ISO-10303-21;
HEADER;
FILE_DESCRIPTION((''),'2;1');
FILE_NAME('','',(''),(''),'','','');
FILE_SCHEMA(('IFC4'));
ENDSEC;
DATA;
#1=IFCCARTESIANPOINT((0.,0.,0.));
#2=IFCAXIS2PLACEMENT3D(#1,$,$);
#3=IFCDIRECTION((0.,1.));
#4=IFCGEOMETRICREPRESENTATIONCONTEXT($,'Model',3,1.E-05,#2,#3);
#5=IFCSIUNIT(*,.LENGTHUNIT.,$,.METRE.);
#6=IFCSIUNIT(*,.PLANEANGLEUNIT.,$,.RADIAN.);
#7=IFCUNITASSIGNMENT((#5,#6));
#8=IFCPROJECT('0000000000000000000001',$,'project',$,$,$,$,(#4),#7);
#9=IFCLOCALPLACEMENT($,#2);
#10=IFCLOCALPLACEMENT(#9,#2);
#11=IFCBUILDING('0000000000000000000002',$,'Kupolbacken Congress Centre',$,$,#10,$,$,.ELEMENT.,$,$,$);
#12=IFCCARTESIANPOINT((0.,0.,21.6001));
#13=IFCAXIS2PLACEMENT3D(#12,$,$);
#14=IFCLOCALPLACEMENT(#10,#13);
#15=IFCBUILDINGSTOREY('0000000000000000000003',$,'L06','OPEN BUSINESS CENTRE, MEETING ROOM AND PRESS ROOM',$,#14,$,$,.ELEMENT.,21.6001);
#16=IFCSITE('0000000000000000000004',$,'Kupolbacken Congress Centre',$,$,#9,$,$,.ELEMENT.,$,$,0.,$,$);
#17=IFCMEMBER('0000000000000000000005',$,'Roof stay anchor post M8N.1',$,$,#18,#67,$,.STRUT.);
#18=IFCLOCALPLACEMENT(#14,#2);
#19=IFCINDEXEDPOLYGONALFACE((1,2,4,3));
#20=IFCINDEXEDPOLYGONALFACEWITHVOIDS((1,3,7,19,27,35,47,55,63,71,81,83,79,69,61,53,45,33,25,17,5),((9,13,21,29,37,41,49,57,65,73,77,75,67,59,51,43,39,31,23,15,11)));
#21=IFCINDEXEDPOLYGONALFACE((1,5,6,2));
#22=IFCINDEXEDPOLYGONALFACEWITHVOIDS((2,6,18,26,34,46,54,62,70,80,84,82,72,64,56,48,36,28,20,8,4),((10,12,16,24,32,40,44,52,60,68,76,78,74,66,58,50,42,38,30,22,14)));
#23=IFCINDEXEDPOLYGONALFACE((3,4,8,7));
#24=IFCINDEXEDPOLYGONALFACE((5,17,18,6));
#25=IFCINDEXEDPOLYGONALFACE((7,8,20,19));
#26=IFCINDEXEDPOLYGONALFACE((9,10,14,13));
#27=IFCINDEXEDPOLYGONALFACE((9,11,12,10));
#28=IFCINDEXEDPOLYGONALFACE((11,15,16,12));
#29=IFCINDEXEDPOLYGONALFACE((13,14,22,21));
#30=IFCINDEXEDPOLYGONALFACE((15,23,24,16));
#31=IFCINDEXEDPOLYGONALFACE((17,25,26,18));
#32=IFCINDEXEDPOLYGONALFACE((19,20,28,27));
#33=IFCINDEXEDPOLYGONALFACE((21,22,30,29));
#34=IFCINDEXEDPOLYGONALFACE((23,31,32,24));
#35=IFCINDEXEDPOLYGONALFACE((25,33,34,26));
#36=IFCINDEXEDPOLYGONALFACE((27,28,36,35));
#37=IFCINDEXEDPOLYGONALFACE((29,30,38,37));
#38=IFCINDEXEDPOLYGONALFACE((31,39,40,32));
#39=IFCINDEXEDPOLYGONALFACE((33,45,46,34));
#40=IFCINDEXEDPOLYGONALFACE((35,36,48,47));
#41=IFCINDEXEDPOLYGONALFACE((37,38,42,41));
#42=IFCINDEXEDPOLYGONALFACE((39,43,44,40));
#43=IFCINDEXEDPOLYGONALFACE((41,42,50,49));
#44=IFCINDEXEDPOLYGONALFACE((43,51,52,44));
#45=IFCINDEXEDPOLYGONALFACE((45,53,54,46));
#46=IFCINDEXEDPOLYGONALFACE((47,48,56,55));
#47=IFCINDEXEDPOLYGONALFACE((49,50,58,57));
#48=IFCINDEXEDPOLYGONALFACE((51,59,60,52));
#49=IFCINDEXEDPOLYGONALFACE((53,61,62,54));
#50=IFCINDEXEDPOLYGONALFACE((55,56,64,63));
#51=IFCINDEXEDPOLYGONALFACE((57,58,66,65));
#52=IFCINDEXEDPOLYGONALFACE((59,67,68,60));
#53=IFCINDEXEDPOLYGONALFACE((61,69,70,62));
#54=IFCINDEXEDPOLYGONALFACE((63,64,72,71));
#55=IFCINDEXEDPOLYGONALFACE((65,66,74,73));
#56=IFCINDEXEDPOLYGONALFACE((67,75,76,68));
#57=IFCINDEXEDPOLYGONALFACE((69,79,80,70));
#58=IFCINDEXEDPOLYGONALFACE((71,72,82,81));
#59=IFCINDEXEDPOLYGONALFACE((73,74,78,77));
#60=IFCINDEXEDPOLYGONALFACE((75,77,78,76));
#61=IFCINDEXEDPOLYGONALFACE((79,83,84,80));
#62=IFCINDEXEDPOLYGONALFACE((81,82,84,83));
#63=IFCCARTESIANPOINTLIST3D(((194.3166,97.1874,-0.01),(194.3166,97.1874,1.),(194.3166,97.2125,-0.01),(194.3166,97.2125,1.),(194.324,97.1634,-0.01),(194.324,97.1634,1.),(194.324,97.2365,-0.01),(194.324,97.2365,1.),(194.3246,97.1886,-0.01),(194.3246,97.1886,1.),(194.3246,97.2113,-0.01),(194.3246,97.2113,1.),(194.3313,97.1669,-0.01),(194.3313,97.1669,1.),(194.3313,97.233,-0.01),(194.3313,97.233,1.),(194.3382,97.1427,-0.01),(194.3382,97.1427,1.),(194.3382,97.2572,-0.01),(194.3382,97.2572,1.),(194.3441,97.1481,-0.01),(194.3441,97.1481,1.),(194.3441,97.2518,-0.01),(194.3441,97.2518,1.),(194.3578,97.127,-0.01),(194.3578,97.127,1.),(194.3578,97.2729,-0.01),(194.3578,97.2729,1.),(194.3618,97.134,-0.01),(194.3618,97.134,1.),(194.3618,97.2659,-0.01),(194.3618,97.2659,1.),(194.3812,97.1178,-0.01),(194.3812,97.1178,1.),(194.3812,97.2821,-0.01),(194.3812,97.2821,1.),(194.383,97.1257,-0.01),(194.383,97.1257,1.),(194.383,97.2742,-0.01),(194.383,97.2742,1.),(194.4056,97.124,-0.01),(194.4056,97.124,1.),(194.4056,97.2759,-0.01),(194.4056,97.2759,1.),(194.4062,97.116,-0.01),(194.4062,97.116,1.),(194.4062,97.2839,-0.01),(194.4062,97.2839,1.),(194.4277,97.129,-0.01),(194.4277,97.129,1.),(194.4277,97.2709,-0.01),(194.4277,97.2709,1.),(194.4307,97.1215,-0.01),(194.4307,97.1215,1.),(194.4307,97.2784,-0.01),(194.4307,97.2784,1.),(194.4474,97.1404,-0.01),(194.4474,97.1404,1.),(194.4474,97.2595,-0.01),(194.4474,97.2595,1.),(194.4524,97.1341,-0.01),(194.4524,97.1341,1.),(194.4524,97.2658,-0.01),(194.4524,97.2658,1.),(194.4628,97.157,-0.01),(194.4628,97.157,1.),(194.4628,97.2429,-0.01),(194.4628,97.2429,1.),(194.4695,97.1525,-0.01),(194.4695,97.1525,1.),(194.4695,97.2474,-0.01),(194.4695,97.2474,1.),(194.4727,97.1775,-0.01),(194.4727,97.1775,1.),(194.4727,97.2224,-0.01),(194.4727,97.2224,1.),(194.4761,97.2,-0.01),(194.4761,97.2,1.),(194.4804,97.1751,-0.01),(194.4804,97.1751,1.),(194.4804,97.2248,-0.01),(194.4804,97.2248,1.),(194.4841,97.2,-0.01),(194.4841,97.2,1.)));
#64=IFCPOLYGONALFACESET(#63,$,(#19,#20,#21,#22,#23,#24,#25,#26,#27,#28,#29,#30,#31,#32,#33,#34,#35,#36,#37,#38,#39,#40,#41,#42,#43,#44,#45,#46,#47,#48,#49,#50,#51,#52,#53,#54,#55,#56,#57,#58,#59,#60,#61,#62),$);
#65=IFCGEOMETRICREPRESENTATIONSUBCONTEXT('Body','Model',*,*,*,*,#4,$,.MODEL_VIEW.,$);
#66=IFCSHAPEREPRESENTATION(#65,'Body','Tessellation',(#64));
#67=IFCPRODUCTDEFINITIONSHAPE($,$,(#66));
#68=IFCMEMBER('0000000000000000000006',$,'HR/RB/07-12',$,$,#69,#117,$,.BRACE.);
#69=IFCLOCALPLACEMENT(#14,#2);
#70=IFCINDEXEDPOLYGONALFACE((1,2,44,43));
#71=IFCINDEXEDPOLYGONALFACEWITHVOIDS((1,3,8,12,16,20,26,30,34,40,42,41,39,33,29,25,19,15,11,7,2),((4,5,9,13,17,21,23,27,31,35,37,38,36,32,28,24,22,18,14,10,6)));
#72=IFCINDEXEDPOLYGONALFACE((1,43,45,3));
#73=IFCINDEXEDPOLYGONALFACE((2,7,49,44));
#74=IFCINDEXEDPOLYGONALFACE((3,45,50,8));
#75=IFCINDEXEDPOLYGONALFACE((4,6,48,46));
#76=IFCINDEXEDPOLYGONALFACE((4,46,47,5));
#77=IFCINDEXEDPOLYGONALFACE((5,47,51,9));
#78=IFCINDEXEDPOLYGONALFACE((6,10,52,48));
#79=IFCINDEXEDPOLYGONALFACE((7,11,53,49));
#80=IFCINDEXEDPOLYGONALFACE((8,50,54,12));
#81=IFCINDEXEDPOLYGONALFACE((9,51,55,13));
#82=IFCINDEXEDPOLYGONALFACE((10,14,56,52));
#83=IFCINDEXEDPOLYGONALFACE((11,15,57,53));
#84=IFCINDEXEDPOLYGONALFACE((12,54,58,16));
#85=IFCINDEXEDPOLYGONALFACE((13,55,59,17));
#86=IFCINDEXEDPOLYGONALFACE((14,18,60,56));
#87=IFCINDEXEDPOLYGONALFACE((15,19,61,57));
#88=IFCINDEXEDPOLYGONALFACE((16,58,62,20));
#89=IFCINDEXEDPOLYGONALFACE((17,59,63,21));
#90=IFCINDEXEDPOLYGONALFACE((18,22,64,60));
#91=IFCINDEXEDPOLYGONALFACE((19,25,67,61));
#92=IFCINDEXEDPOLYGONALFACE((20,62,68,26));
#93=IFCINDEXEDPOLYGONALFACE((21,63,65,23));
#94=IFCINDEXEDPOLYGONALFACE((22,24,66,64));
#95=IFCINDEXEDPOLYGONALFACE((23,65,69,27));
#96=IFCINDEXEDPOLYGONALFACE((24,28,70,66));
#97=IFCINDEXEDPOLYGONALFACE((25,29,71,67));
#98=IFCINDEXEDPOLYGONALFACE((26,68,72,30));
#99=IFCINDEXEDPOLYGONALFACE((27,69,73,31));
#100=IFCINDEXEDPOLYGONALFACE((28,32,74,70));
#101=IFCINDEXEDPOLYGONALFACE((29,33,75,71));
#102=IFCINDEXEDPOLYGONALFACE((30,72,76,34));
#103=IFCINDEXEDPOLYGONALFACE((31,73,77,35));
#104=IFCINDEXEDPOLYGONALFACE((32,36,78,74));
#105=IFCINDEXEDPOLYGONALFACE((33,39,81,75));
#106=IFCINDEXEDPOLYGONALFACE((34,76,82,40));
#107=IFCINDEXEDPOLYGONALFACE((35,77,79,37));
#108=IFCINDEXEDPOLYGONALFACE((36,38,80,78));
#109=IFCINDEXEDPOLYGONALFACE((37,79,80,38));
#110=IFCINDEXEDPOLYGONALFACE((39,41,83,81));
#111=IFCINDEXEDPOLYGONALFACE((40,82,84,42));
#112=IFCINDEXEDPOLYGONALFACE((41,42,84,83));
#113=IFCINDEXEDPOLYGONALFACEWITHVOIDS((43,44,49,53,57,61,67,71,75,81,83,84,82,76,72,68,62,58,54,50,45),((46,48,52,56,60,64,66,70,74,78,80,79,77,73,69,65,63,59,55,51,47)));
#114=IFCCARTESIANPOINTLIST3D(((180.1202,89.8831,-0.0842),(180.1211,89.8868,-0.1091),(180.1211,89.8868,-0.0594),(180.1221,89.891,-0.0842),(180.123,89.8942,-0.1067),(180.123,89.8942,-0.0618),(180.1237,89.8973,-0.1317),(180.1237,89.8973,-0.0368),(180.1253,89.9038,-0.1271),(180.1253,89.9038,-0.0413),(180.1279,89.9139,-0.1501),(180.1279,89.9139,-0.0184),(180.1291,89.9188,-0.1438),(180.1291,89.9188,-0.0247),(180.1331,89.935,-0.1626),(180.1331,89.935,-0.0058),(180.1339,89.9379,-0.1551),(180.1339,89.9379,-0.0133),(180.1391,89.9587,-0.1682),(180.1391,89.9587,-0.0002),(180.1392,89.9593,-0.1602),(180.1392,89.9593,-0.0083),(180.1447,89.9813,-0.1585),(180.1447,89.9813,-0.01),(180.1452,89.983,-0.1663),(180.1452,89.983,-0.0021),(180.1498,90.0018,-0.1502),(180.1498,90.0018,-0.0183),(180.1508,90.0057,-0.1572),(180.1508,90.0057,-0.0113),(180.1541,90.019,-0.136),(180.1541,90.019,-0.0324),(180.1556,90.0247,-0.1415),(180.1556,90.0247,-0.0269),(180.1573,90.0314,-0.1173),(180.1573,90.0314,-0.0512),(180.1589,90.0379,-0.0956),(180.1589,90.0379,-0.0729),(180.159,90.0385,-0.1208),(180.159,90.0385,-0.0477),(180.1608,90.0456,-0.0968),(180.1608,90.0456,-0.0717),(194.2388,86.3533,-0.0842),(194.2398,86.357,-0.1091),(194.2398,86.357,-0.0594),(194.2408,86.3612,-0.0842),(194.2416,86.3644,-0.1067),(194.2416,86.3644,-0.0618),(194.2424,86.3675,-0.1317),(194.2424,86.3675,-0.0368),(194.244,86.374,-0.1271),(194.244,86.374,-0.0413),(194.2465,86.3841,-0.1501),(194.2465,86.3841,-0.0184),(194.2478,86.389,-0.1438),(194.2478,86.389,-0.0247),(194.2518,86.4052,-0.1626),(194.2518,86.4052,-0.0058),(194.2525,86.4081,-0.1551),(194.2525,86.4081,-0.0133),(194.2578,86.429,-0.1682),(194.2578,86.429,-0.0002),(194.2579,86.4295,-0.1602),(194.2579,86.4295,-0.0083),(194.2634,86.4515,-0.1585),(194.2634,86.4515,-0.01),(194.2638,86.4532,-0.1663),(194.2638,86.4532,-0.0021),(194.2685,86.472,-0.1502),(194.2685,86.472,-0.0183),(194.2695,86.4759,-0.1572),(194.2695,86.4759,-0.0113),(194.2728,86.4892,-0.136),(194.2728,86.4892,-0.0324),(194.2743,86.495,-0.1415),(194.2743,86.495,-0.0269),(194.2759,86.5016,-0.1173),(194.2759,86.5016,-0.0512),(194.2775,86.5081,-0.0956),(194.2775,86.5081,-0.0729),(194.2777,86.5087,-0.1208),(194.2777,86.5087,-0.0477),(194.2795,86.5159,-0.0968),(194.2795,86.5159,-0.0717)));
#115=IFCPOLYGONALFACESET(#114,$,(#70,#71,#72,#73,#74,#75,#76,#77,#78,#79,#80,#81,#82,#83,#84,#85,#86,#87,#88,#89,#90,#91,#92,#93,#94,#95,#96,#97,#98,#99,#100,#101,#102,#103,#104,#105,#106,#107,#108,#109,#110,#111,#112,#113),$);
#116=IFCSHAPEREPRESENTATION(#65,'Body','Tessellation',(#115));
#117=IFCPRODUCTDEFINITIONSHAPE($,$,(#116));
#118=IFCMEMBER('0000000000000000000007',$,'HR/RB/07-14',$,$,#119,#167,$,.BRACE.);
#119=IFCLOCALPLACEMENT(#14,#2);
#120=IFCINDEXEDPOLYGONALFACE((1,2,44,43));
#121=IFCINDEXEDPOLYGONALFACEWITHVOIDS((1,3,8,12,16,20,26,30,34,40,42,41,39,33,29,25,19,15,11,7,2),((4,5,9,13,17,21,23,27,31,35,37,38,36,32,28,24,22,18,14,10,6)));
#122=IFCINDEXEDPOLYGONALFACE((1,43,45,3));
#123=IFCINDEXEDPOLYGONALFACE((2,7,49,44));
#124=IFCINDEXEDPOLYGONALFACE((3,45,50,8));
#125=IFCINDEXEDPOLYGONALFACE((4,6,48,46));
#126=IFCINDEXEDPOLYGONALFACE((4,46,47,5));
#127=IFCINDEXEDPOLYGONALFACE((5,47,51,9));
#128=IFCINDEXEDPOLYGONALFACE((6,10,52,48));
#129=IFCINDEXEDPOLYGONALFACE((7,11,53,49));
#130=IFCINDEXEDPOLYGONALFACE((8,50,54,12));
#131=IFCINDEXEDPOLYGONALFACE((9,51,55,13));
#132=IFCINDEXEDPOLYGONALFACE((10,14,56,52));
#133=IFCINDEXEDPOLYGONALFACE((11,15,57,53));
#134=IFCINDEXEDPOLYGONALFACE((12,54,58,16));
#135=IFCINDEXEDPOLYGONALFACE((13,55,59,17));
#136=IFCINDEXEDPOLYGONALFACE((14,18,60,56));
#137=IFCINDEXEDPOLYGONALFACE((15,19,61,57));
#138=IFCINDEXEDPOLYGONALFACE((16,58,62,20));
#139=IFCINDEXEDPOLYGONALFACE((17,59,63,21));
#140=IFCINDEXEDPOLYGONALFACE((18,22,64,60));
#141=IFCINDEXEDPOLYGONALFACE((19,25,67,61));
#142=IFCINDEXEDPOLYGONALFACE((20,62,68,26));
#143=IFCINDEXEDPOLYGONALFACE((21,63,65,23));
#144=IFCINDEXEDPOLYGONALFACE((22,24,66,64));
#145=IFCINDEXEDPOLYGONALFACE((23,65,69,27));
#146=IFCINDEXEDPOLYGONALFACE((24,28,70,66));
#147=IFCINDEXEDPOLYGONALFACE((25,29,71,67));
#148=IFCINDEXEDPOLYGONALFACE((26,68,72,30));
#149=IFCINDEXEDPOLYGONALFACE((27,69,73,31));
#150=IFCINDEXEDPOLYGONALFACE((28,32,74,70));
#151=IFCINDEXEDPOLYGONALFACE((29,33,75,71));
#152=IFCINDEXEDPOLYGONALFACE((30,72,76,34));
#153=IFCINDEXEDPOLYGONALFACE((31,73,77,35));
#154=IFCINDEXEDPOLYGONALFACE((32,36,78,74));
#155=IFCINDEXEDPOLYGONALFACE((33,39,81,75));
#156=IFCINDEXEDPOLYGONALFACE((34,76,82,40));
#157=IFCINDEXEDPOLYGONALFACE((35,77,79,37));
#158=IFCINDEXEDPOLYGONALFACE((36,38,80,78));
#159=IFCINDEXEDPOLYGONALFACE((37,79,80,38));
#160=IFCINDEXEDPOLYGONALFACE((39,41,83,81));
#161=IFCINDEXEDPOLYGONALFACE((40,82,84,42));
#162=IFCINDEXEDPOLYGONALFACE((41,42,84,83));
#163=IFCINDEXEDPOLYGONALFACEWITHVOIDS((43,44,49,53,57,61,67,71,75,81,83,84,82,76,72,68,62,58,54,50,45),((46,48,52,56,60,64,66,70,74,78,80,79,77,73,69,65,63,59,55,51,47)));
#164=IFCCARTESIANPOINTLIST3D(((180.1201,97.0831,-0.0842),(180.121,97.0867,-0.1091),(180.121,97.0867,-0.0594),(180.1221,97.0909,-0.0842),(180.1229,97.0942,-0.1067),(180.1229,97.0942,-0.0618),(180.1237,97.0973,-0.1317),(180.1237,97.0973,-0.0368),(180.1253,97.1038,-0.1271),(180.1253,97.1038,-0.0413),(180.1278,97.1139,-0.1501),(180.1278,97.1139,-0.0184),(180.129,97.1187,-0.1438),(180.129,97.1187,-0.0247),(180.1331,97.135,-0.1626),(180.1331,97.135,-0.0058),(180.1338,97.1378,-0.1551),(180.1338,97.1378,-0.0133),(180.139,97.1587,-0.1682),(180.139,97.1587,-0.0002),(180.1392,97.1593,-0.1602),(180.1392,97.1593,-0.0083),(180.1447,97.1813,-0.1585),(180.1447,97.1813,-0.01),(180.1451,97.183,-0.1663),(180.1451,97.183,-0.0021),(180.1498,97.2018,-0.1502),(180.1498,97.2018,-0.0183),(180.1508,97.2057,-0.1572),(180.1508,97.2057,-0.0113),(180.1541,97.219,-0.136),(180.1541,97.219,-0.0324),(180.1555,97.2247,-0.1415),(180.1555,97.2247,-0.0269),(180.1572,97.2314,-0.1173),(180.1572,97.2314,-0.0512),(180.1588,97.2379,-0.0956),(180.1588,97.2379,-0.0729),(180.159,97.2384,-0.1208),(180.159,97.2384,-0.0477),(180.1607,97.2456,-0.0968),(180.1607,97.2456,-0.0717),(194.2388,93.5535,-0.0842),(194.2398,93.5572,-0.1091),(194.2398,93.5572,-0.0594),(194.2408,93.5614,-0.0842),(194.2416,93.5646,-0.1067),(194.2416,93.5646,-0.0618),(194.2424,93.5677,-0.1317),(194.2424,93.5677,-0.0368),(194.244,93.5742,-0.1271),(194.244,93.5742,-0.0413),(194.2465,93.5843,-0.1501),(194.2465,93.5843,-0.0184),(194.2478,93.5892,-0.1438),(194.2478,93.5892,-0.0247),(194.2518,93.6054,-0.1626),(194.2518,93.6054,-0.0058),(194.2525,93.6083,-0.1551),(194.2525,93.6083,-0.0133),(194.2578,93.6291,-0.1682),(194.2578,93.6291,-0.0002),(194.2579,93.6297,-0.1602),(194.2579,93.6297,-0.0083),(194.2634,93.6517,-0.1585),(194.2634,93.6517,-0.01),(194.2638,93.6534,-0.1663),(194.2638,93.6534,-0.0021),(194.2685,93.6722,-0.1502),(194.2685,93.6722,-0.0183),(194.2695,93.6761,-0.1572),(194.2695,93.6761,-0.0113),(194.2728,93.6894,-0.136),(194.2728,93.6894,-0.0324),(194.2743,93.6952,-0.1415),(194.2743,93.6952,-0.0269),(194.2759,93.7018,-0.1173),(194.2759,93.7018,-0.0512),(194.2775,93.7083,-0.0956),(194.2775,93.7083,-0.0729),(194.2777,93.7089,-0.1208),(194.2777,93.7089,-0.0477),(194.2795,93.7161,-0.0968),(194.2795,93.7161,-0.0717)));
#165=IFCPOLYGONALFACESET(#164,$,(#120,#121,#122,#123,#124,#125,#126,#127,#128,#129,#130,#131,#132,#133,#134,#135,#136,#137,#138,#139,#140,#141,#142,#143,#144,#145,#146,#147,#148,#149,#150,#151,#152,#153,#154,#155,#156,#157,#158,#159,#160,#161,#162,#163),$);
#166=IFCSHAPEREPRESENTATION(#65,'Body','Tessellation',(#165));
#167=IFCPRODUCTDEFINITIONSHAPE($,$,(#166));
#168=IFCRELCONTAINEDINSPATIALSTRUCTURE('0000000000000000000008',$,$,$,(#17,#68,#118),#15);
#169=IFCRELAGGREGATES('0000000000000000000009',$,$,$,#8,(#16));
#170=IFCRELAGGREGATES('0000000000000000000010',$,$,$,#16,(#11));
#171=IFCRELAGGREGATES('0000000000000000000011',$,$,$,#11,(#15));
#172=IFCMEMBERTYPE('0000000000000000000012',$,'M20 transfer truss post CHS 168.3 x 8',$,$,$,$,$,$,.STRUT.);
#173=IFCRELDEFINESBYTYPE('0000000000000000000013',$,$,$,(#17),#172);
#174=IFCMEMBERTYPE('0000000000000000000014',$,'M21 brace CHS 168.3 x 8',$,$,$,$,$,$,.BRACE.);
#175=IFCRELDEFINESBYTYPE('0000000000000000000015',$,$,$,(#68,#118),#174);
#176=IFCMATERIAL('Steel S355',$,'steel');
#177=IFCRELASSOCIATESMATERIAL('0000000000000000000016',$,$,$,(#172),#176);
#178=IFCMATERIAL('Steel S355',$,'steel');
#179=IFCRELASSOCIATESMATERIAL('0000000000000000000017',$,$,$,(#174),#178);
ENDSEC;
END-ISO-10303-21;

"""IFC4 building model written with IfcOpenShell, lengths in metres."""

from ifc_helpers import new_model, si_unit, direction, frame, origin, origin_2d, place, context, subcontext, project, spatial, hollow_circle, extrude, material, material_profile, profile_set, type_object, element, save


model = new_model("IFC4")

# Units and contexts
model_context = context("Model", 3, precision=1e-05, world=origin(), true_north=direction((0.0, 1.0)))
body_context = subcontext(model_context, "Body", "Model", "MODEL_VIEW")
ifc_project = project(units=[si_unit("LENGTHUNIT", "METRE"), si_unit("PLANEANGLEUNIT", "RADIAN")], contexts=[model_context])

# Site, building, storey
site_placement = place(None, origin())
site = spatial("IfcSite", under=ifc_project, at=site_placement, Name="Kupolbacken Congress Centre", CompositionType="ELEMENT", RefElevation=0.0)
building_placement = place(site_placement, origin())
building = spatial("IfcBuilding", under=site, at=building_placement, Name="Kupolbacken Congress Centre", CompositionType="ELEMENT")
storey_placement = place(building_placement, frame((0.0, 0.0, 21.6001)))
storey = spatial("IfcBuildingStorey", under=building, at=storey_placement, Name="L06", Description="OPEN BUSINESS CENTRE, MEETING ROOM AND PRESS ROOM", CompositionType="ELEMENT", Elevation=21.6001)

# Members
ifc_material_1 = material(Name="Steel S355", Category="steel")
ifc_material_profile_1 = material_profile(ifc_material_1, hollow_circle(Radius=0.0842, WallThickness=0.0081, at=origin_2d()), Name="CHS 168.3 x 8")
ifc_profile_set_1 = profile_set([ifc_material_profile_1], Name="Steel S355")
member_type_1 = type_object("IfcMemberType", Name="M20 transfer truss post CHS 168.3 x 8", PredefinedType="STRUT", material=ifc_profile_set_1)
member_placement = place(storey_placement, frame((194.3999, 97.2, -0.01), z_axis=(0.0, 0.0, 1.0), x_axis=(1.0, 0.0, 0.0)))
element("IfcMember", 1, at=member_placement, inside=storey, type_object=member_type_1, Name="Roof stay anchor post M8N.1", PredefinedType="STRUT", context=body_context, shape_type="SweptSolid", body=[
    extrude(hollow_circle(Radius=0.0842, WallThickness=0.0081, at=origin_2d()), origin(), (0.0, 0.0, 1.0), 1.01),
])
ifc_material_2 = material(Name="Steel S355", Category="steel")
ifc_material_profile_2 = material_profile(ifc_material_2, hollow_circle(Radius=0.0842, WallThickness=0.0081, at=origin_2d()), Name="CHS 168.3 x 8")
ifc_profile_set_2 = profile_set([ifc_material_profile_2], Name="Steel S355")
member_type_2 = type_object("IfcMemberType", Name="M21 brace CHS 168.3 x 8", PredefinedType="BRACE", material=ifc_profile_set_2)
for number, where, z_axis, x_axis, name in (
    (2, (194.2593, 86.4351, -0.0842), (-0.970141, 0.242544, 0.0), (-0.242544, -0.970141, 0.0), "HR/RB/07-12"),
    (3, (194.2593, 93.6353, -0.0842), (-0.970144, 0.242528, 0.0), (-0.242528, -0.970144, 0.0), "HR/RB/07-14"),
):
    element("IfcMember", number, at=place(storey_placement, frame(where, z_axis=z_axis, x_axis=x_axis)), inside=storey, type_object=member_type_2, Name=name, PredefinedType="BRACE", context=body_context, shape_type="SweptSolid", body=[
        extrude(hollow_circle(Radius=0.0842, WallThickness=0.0081, at=origin_2d()), origin(), (0.0, 0.0, 1.0), 14.5532),
    ])

save(model, "model.ifc")
